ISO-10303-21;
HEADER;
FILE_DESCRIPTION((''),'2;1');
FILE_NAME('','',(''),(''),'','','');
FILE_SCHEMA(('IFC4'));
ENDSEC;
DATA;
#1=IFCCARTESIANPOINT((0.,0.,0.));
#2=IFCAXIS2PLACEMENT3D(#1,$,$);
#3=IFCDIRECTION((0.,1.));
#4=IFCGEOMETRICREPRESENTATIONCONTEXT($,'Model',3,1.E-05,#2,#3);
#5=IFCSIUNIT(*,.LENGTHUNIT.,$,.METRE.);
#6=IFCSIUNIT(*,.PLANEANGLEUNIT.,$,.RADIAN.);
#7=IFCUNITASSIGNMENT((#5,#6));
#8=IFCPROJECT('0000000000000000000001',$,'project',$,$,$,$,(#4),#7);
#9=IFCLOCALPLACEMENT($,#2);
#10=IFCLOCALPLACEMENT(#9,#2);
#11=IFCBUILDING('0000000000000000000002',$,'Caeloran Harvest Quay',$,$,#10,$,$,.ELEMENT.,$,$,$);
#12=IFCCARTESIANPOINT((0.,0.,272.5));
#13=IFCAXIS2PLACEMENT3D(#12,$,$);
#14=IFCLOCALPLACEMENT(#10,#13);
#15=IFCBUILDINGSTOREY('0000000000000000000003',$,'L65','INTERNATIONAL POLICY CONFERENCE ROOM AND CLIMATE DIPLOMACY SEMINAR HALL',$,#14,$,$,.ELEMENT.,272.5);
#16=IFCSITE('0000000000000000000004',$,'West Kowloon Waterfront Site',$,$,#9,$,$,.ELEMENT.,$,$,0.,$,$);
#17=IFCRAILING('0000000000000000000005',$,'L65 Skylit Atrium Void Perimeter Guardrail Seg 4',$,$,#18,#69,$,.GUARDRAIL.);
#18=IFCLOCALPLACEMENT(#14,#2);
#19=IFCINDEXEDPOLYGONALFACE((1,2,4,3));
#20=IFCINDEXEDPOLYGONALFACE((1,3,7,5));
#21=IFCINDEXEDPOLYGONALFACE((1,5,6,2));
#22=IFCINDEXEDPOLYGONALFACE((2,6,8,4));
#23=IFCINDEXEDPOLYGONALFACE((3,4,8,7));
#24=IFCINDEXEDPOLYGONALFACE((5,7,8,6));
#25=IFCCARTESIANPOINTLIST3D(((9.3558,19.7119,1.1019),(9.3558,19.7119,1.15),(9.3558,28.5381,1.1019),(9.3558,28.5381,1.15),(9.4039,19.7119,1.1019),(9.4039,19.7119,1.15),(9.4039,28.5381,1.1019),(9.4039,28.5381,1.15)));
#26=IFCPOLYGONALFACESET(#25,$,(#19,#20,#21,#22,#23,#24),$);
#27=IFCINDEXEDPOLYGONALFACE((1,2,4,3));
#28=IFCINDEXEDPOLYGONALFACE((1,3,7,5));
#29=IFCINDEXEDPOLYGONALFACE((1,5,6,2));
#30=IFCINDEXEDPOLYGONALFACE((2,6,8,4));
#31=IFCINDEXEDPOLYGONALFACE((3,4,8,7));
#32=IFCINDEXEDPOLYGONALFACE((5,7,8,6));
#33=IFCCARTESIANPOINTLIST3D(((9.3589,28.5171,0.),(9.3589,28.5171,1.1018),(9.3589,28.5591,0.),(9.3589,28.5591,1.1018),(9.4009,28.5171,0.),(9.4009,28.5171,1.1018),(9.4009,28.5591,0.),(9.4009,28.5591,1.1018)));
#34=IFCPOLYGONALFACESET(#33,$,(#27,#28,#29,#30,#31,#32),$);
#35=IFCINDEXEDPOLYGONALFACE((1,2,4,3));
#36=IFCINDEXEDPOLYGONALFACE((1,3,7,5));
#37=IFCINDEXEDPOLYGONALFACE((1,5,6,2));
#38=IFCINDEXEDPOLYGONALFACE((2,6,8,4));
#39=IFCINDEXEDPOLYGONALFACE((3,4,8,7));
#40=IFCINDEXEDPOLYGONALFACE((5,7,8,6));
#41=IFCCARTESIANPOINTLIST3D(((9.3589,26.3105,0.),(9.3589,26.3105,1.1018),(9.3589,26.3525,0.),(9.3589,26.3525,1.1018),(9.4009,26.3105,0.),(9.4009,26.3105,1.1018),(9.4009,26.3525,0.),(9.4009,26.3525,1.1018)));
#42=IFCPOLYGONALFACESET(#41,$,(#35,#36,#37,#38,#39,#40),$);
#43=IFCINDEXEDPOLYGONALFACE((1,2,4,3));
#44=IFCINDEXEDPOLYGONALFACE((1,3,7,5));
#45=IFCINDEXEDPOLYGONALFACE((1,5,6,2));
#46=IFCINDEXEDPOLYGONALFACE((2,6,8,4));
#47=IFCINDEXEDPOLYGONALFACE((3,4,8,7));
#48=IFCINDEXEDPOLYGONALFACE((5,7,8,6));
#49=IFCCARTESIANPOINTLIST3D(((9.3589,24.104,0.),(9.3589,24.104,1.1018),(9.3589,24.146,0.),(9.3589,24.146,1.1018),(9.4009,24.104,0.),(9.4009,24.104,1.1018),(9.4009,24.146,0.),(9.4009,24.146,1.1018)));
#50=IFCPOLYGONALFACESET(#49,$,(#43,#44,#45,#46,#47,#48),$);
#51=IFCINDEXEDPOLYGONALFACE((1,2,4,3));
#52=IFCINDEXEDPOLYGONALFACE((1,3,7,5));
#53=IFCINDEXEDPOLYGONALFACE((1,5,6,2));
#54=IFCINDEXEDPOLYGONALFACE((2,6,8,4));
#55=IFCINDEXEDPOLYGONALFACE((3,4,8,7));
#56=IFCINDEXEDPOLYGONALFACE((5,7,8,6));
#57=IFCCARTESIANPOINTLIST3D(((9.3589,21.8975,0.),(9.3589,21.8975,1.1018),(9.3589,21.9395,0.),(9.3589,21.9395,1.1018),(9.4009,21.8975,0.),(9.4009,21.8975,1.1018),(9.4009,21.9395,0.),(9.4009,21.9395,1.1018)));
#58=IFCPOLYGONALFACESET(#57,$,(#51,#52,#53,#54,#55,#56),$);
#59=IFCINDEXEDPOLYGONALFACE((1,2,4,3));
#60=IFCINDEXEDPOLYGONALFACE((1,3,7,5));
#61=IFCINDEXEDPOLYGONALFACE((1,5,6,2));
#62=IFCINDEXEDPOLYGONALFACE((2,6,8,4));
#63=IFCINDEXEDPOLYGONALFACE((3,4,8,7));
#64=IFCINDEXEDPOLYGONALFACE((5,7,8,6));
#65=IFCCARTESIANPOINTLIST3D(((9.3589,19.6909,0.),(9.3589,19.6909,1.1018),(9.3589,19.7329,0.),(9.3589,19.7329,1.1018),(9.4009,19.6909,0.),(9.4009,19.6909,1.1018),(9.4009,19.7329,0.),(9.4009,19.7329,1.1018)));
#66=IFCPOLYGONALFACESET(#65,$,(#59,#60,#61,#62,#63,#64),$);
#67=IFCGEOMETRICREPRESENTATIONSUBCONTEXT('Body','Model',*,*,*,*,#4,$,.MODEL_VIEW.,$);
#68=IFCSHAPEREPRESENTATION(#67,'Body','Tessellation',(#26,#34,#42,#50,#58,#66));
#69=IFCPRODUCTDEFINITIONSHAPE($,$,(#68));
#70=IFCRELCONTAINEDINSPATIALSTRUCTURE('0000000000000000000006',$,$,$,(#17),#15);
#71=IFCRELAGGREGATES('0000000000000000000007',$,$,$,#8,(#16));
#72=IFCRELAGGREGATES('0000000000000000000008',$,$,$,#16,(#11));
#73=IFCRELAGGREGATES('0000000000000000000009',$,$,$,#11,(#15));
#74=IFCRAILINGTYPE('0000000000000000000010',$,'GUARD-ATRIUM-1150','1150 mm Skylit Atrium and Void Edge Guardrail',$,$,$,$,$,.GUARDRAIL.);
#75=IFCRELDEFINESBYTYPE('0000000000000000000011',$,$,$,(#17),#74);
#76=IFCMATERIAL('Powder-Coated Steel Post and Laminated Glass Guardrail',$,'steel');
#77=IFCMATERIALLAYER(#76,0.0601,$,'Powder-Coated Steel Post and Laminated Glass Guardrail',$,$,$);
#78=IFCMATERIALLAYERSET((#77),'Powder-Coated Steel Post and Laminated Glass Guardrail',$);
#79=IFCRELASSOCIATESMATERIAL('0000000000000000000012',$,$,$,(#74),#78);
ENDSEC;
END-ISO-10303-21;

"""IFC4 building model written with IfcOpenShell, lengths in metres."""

from ifc_helpers import new_model, si_unit, direction, frame, origin, origin_2d, place, context, subcontext, project, spatial, rectangle, extrude, material, layer, layer_set, type_object, element, save


model = new_model("IFC4")

# Units and contexts
model_context = context("Model", 3, precision=1e-05, world=origin(), true_north=direction((0.0, 1.0)))
body_context = subcontext(model_context, "Body", "Model", "MODEL_VIEW")
ifc_project = project(units=[si_unit("LENGTHUNIT", "METRE"), si_unit("PLANEANGLEUNIT", "RADIAN")], contexts=[model_context])

# Site, building, storey
site_placement = place(None, origin())
site = spatial("IfcSite", under=ifc_project, at=site_placement, Name="West Kowloon Waterfront Site", CompositionType="ELEMENT", RefElevation=0.0)
building_placement = place(site_placement, origin())
building = spatial("IfcBuilding", under=site, at=building_placement, Name="Caeloran Harvest Quay", CompositionType="ELEMENT")
storey_placement = place(building_placement, frame((0.0, 0.0, 272.5)))
storey = spatial("IfcBuildingStorey", under=building, at=storey_placement, Name="L65", Description="INTERNATIONAL POLICY CONFERENCE ROOM AND CLIMATE DIPLOMACY SEMINAR HALL", CompositionType="ELEMENT", Elevation=272.5)

# Railing
ifc_material_1 = material(Name="Powder-Coated Steel Post and Laminated Glass Guardrail", Category="steel")
ifc_layer_1 = layer(ifc_material_1, 0.0601, Name="Powder-Coated Steel Post and Laminated Glass Guardrail")
ifc_layer_set_1 = layer_set([ifc_layer_1], Name="Powder-Coated Steel Post and Laminated Glass Guardrail")
railing_type = type_object("IfcRailingType", Name="GUARD-ATRIUM-1150", Description="1150 mm Skylit Atrium and Void Edge Guardrail", PredefinedType="GUARDRAIL", material=ifc_layer_set_1)
railing_placement = place(storey_placement, frame((9.3799, 28.5381, 0.0)))
element("IfcRailing", 1, at=railing_placement, inside=storey, type_object=railing_type, Name="L65 Skylit Atrium Void Perimeter Guardrail Seg 4", PredefinedType="GUARDRAIL", context=body_context, shape_type="SweptSolid", body=[
    extrude(rectangle(XDim=0.0481, YDim=0.0481, at=origin_2d()), frame((0.0, 0.0, 1.126), z_axis=(0.0, -1.0, 0.0), x_axis=(1.0, 0.0, 0.0)), (0.0, 0.0, 1.0), 8.8262),
    extrude(rectangle(XDim=0.042, YDim=0.042, at=origin_2d()), origin(), (0.0, 0.0, 1.0), 1.1018),
    extrude(rectangle(XDim=0.042, YDim=0.042, at=origin_2d()), frame((0.0, -2.2065, 0.0)), (0.0, 0.0, 1.0), 1.1018),
    extrude(rectangle(XDim=0.042, YDim=0.042, at=origin_2d()), frame((0.0, -4.4131, 0.0)), (0.0, 0.0, 1.0), 1.1018),
    extrude(rectangle(XDim=0.042, YDim=0.042, at=origin_2d()), frame((0.0, -6.6196, 0.0)), (0.0, 0.0, 1.0), 1.1018),
    extrude(rectangle(XDim=0.042, YDim=0.042, at=origin_2d()), frame((0.0, -8.8262, 0.0)), (0.0, 0.0, 1.0), 1.1018),
])

save(model, "model.ifc")
